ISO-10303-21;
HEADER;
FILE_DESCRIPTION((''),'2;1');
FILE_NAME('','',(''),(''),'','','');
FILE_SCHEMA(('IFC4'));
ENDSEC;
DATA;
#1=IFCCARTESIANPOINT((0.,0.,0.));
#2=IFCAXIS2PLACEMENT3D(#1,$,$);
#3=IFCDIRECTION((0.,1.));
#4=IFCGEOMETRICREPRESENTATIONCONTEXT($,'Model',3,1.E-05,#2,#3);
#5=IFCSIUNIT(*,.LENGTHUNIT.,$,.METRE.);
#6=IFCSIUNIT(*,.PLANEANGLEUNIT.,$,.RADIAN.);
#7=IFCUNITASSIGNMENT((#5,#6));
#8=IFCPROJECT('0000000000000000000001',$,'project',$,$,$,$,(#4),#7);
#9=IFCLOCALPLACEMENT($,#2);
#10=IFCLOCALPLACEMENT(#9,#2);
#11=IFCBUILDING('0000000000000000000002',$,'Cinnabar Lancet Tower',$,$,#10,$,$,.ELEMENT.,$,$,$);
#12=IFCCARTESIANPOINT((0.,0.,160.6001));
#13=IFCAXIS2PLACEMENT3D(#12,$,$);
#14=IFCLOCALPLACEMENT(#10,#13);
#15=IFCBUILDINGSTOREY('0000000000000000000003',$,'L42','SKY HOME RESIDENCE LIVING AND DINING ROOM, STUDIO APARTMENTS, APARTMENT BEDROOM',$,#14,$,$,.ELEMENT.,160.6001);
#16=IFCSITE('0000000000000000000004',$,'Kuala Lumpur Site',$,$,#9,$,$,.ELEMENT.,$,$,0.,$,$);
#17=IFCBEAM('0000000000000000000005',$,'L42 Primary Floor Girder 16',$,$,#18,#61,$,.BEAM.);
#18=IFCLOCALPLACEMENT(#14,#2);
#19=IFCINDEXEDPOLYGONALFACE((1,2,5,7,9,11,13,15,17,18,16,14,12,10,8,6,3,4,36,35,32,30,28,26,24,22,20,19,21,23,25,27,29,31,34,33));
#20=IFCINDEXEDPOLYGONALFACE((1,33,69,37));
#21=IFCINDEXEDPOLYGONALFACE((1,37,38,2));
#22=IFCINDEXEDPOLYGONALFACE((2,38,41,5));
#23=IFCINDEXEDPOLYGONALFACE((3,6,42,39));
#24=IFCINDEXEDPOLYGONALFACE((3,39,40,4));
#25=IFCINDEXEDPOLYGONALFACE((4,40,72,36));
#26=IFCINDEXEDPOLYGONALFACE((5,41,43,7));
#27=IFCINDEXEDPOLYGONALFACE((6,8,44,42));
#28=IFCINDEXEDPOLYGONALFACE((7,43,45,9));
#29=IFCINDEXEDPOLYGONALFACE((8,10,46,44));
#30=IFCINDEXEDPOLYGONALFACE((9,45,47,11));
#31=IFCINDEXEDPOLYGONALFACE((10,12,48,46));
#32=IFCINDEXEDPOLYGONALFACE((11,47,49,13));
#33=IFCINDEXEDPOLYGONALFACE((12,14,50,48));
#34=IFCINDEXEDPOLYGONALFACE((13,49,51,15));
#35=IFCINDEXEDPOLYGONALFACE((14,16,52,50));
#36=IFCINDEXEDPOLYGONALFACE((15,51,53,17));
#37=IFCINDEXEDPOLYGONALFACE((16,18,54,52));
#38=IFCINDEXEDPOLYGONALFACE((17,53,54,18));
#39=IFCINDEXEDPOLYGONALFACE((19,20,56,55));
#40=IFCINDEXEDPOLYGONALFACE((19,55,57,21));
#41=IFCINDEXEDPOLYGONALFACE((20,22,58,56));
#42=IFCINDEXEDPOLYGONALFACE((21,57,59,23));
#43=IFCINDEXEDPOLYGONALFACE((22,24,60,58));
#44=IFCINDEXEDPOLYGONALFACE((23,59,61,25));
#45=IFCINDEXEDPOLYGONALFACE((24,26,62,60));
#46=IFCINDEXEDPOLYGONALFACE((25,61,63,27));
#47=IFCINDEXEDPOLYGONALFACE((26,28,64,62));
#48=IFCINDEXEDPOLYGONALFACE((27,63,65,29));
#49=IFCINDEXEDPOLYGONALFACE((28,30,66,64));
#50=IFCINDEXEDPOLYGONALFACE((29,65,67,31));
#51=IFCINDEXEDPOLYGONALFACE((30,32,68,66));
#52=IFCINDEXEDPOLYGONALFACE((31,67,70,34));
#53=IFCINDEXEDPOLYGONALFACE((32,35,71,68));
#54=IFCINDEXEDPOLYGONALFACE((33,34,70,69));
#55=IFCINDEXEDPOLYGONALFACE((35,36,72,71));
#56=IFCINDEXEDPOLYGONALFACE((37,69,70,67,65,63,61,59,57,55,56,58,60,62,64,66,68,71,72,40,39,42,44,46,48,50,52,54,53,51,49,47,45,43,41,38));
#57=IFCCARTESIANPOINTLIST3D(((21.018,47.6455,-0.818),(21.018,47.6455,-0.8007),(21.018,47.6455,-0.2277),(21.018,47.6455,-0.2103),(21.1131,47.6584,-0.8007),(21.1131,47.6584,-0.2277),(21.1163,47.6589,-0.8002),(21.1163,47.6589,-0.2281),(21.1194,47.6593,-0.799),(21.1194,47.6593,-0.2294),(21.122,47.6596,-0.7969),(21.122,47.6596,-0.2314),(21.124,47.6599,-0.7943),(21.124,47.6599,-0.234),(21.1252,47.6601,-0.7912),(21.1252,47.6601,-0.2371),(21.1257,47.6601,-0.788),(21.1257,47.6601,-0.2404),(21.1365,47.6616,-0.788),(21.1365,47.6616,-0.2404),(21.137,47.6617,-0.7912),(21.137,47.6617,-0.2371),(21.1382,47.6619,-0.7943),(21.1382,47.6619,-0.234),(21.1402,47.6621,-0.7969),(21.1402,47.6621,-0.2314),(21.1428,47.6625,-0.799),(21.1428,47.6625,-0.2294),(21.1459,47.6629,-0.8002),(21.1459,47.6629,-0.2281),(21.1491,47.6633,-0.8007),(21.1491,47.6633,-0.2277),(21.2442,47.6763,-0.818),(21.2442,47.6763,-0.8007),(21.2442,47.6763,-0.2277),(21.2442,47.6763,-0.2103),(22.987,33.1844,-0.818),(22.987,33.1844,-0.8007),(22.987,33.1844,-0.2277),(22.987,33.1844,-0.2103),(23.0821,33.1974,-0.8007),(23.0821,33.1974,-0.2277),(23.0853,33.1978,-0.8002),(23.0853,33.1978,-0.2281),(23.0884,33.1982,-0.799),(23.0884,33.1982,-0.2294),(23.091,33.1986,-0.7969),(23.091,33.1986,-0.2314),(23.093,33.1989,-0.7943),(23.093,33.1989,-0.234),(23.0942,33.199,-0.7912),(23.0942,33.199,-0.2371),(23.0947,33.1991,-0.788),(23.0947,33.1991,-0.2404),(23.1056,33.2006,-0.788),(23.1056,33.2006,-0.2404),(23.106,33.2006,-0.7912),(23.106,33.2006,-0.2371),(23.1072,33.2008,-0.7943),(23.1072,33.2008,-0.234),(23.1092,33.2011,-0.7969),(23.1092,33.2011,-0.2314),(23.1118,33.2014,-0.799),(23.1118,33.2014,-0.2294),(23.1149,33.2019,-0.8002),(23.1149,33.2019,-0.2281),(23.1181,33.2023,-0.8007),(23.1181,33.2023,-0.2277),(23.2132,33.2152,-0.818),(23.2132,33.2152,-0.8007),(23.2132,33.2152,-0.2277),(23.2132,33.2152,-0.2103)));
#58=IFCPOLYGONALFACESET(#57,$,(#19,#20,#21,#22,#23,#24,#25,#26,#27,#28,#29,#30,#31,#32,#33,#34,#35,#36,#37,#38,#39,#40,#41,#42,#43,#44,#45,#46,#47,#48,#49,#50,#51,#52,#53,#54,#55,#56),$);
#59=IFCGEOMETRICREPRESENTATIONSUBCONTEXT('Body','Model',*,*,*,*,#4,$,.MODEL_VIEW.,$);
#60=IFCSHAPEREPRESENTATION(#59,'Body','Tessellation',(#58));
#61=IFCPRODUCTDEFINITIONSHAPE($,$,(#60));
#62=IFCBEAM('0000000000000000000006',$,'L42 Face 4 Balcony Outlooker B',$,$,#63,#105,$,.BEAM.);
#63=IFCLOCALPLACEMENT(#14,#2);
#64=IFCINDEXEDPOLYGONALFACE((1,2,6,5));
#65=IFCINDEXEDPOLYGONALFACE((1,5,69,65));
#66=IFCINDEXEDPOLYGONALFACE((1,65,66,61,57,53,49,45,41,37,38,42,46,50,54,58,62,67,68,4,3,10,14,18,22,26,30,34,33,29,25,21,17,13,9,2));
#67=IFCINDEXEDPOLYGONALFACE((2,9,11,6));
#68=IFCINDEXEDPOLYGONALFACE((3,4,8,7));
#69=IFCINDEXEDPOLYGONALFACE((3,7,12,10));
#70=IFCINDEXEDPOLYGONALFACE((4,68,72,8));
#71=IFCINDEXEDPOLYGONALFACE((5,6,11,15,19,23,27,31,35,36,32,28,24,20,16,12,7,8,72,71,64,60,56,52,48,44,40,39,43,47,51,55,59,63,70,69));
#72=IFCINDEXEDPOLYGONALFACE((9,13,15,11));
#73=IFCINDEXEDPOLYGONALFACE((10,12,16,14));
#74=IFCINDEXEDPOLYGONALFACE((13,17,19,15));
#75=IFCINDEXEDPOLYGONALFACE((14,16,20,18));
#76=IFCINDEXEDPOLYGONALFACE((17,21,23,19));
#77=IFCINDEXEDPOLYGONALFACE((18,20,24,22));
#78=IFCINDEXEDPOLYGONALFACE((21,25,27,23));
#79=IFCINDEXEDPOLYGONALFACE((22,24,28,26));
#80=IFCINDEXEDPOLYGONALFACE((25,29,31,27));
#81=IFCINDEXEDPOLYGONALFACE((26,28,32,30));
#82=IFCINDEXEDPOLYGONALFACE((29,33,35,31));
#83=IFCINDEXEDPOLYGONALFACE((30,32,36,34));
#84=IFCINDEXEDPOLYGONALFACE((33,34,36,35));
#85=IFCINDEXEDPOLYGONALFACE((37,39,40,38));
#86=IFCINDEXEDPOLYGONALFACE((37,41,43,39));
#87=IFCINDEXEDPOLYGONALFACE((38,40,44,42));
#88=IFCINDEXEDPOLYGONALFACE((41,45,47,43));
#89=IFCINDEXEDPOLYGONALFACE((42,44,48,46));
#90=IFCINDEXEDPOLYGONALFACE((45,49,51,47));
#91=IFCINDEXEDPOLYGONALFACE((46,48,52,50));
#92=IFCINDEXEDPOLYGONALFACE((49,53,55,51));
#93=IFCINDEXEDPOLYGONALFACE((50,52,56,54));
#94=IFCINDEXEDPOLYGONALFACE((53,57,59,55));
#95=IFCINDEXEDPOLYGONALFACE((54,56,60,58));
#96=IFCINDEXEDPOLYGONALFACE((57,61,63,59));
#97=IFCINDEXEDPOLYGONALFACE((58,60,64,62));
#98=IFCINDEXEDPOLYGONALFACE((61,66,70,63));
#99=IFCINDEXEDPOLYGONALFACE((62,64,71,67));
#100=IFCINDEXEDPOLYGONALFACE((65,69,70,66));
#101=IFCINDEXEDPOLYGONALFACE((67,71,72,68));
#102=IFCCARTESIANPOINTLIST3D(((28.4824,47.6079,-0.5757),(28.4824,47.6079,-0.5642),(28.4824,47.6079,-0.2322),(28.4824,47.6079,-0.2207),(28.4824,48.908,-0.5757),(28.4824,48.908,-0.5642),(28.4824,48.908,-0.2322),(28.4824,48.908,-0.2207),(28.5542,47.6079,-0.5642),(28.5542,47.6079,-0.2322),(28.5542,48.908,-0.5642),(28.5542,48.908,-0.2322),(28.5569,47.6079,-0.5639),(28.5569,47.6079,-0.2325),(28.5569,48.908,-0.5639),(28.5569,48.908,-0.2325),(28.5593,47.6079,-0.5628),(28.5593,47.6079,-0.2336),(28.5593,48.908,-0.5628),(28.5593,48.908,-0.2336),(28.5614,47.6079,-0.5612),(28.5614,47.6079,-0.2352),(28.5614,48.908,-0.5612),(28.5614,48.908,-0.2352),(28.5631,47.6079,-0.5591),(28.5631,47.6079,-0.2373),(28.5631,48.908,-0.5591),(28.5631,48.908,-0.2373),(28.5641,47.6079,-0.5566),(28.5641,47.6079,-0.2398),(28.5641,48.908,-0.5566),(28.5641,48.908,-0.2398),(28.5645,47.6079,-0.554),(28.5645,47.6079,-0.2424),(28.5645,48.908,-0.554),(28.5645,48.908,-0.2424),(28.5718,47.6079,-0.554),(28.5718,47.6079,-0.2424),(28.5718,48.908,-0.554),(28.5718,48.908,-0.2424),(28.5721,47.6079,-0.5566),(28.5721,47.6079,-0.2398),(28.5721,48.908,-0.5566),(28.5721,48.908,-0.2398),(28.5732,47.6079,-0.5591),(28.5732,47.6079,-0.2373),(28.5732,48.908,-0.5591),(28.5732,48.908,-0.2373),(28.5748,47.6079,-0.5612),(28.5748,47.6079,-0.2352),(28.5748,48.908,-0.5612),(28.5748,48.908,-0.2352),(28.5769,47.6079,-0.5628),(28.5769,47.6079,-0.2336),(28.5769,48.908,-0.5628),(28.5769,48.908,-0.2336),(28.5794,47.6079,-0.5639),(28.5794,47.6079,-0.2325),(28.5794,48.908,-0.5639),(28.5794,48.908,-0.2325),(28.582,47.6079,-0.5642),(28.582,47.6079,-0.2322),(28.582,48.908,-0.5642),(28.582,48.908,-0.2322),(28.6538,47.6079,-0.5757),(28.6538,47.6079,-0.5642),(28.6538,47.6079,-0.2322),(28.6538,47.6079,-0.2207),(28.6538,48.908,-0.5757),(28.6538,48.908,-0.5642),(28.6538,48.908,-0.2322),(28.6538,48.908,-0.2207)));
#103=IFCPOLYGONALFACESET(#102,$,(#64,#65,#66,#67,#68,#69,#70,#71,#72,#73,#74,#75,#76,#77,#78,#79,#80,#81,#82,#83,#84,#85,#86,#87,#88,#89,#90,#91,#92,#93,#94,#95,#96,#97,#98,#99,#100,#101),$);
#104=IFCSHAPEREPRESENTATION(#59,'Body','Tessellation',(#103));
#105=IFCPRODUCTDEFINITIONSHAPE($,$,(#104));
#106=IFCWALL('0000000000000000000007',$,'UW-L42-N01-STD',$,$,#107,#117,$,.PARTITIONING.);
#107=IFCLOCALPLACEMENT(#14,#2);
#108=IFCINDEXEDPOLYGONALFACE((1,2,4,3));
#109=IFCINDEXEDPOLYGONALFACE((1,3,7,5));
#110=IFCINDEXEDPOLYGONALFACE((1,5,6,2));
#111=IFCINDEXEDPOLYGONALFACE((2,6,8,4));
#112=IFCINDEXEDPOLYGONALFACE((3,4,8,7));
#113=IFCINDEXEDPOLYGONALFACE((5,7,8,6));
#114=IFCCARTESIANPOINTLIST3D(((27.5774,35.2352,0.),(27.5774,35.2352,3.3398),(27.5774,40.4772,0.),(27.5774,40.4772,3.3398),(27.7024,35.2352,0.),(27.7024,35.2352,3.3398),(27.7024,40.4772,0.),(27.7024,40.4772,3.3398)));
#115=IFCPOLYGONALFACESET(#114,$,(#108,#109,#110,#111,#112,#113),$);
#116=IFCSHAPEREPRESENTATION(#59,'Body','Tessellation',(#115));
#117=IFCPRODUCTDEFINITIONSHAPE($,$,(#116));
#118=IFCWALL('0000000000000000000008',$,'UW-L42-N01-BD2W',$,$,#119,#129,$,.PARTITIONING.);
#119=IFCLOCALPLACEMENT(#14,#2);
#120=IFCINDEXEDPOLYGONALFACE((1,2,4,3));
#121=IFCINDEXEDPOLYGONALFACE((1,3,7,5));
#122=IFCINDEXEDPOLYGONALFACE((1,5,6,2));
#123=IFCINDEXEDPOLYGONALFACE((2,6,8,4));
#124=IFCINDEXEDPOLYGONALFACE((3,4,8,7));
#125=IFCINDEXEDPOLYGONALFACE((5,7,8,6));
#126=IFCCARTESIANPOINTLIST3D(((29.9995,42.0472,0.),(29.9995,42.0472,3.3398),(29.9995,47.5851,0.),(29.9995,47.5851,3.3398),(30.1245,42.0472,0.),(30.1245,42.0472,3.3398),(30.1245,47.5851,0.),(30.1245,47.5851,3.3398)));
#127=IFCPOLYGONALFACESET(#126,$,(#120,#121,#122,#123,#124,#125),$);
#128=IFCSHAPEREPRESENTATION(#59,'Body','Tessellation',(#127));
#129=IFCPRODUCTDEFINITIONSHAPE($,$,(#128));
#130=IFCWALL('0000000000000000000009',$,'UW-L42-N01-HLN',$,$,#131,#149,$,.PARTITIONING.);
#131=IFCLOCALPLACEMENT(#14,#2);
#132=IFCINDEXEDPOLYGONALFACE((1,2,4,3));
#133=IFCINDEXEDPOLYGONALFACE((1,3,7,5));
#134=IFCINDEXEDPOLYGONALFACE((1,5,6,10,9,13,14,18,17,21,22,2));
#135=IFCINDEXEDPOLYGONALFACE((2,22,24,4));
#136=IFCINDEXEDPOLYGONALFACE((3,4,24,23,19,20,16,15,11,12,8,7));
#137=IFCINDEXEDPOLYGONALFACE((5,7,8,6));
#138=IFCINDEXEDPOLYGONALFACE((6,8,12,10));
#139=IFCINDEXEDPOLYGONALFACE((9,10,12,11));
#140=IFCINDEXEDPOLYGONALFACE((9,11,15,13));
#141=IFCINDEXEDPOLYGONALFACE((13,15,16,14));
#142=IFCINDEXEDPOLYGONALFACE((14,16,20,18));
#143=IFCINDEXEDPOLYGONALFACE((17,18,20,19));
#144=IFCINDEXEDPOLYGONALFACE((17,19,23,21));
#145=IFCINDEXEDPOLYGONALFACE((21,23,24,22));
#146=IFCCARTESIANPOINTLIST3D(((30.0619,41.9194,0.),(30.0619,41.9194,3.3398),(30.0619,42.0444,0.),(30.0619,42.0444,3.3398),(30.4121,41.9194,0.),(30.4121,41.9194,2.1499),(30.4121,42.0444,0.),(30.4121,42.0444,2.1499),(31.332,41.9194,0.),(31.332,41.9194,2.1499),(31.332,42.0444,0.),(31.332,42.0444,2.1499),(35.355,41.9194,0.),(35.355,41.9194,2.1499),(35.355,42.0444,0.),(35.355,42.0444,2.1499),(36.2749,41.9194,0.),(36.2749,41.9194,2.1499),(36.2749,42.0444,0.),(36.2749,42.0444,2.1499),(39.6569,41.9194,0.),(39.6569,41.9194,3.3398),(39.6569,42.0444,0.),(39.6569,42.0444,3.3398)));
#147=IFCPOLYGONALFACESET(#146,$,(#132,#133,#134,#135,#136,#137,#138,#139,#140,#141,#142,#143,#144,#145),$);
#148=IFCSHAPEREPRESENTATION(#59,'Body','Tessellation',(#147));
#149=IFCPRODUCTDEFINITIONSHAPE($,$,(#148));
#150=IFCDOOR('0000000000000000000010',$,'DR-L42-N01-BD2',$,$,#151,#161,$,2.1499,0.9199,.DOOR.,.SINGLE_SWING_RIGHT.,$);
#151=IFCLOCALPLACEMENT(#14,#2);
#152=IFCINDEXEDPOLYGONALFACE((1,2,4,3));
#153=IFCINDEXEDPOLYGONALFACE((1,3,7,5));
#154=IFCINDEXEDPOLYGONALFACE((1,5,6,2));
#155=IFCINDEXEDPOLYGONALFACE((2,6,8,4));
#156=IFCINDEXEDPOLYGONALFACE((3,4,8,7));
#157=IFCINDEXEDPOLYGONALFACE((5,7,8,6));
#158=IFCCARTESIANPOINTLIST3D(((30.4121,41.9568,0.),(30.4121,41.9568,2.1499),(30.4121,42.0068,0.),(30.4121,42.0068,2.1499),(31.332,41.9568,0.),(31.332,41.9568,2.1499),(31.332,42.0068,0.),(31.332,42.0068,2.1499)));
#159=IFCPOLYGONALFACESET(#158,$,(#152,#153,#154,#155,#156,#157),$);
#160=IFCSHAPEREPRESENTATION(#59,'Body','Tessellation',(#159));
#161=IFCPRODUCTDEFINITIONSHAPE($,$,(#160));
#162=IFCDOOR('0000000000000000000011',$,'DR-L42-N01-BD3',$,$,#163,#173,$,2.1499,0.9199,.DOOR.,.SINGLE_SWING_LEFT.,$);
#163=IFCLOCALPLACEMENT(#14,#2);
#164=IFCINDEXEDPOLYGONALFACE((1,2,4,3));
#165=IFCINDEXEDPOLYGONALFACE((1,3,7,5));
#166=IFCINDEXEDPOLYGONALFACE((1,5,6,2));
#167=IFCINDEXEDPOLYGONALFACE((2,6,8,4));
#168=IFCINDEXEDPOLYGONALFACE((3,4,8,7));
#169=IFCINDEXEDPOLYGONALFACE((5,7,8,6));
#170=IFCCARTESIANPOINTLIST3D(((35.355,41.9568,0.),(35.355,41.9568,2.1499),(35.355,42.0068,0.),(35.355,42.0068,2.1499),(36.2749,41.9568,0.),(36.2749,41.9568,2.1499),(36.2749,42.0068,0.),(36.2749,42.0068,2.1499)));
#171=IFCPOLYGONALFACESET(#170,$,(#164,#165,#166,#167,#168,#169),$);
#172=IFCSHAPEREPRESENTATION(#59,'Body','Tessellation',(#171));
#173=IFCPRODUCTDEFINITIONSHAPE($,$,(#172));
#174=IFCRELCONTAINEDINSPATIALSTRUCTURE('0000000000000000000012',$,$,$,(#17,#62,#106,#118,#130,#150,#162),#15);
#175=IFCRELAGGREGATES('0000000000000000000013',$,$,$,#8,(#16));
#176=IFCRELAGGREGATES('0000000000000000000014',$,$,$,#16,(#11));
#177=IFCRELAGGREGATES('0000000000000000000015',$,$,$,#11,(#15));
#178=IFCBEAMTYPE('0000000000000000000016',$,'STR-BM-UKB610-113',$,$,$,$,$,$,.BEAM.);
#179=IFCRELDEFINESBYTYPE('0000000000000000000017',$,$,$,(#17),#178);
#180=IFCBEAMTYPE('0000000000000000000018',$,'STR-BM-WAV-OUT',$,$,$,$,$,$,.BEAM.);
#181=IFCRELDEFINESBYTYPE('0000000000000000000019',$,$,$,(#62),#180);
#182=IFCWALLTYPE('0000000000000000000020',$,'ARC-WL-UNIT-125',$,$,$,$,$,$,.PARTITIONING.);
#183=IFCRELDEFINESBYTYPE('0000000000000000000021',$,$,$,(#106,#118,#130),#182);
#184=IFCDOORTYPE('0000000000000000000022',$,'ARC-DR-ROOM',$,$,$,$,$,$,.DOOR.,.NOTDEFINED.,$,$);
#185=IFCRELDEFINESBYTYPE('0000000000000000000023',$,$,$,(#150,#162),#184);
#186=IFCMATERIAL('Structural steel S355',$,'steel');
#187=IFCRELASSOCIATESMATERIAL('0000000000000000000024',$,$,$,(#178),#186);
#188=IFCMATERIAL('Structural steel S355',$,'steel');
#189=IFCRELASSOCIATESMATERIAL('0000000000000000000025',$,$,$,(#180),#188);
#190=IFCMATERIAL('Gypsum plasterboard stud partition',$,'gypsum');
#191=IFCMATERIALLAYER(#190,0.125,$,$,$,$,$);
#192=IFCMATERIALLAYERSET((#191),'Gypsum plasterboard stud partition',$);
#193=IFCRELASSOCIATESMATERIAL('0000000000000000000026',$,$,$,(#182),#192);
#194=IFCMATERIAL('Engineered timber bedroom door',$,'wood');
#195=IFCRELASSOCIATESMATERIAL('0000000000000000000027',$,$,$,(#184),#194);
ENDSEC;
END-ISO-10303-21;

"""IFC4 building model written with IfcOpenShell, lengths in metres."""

from ifc_helpers import new_model, si_unit, direction, frame, frame_2d, origin, origin_2d, place, context, subcontext, project, spatial, rectangle, i_section, extrude, material, layer, layer_set, material_profile, profile_set, type_object, element, fill, save


model = new_model("IFC4")

# Units and contexts
model_context = context("Model", 3, precision=1e-05, world=origin(), true_north=direction((0.0, 1.0)))
body_context = subcontext(model_context, "Body", "Model", "MODEL_VIEW")
ifc_project = project(units=[si_unit("LENGTHUNIT", "METRE"), si_unit("PLANEANGLEUNIT", "RADIAN")], contexts=[model_context])

# Site, building, storey
site_placement = place(None, origin())
site = spatial("IfcSite", under=ifc_project, at=site_placement, Name="Kuala Lumpur Site", CompositionType="ELEMENT", RefElevation=0.0)
building_placement = place(site_placement, origin())
building = spatial("IfcBuilding", under=site, at=building_placement, Name="Cinnabar Lancet Tower", CompositionType="ELEMENT")
storey_placement = place(building_placement, frame((0.0, 0.0, 160.6001)))
storey = spatial("IfcBuildingStorey", under=building, at=storey_placement, Name="L42", Description="SKY HOME RESIDENCE LIVING AND DINING ROOM, STUDIO APARTMENTS, APARTMENT BEDROOM", CompositionType="ELEMENT", Elevation=160.6001)

# Beams
ifc_material_1 = material(Name="Structural steel S355", Category="steel")
ifc_material_profile_1 = material_profile(ifc_material_1, i_section(OverallWidth=0.2283, OverallDepth=0.6077, WebThickness=0.011, FlangeThickness=0.0173, FilletRadius=0.0127, at=origin_2d()), Name="UKB 610x229x113")
ifc_profile_set_1 = profile_set([ifc_material_profile_1], Name="Structural steel S355")
beam_type_1 = type_object("IfcBeamType", Name="STR-BM-UKB610-113", PredefinedType="BEAM", material=ifc_profile_set_1)
beam_1_placement = place(storey_placement, frame((21.1311, 47.6609, -0.5142), z_axis=(0.134915, -0.990857, 0.0), x_axis=(0.990857, 0.134915, 0.0)))
element("IfcBeam", 1, at=beam_1_placement, inside=storey, type_object=beam_type_1, Name="L42 Primary Floor Girder 16", PredefinedType="BEAM", context=body_context, shape_type="SweptSolid", body=[
    extrude(i_section(OverallWidth=0.2283, OverallDepth=0.6077, WebThickness=0.011, FlangeThickness=0.0173, FilletRadius=0.0127, at=origin_2d()), origin(), (0.0, 0.0, 1.0), 14.5945),
])
ifc_material_2 = material(Name="Structural steel S355", Category="steel")
ifc_material_profile_2 = material_profile(ifc_material_2, i_section(OverallWidth=0.1714, OverallDepth=0.355, WebThickness=0.0073, FlangeThickness=0.0115, FilletRadius=0.0103, at=origin_2d()), Name="UKB 356x171x51")
ifc_profile_set_2 = profile_set([ifc_material_profile_2], Name="Structural steel S355")
beam_type_2 = type_object("IfcBeamType", Name="STR-BM-WAV-OUT", PredefinedType="BEAM", material=ifc_profile_set_2)
beam_2_placement = place(storey_placement, frame((28.5681, 47.6079, -0.3982), z_axis=(0.0, 1.0, 0.0), x_axis=(-1.0, 0.0, 0.0)))
element("IfcBeam", 2, at=beam_2_placement, inside=storey, type_object=beam_type_2, Name="L42 Face 4 Balcony Outlooker B", PredefinedType="BEAM", context=body_context, shape_type="SweptSolid", body=[
    extrude(i_section(OverallWidth=0.1714, OverallDepth=0.355, WebThickness=0.0073, FlangeThickness=0.0115, FilletRadius=0.0103, at=origin_2d()), origin(), (0.0, 0.0, 1.0), 1.3),
])

# Walls
ifc_material_3 = material(Name="Gypsum plasterboard stud partition", Category="gypsum")
ifc_layer_1 = layer(ifc_material_3, 0.125)
ifc_layer_set_1 = layer_set([ifc_layer_1], Name="Gypsum plasterboard stud partition")
wall_type_1 = type_object("IfcWallType", Name="ARC-WL-UNIT-125", PredefinedType="PARTITIONING", material=ifc_layer_set_1)
wall_1_placement = place(storey_placement, frame((27.6399, 35.2351, 0.0), z_axis=(0.0, 0.0, 1.0), x_axis=(0.0, 1.0, 0.0)))
element("IfcWall", 3, at=wall_1_placement, inside=storey, type_object=wall_type_1, Name="UW-L42-N01-STD", PredefinedType="PARTITIONING", context=body_context, shape_type="SweptSolid", body=[
    extrude(rectangle(XDim=5.2419, YDim=0.125, at=frame_2d((2.6211, 0.0))), origin(), (0.0, 0.0, 1.0), 3.3398),
])
wall_2_placement = place(storey_placement, frame((30.062, 42.0471, 0.0), z_axis=(0.0, 0.0, 1.0), x_axis=(0.0, 1.0, 0.0)))
element("IfcWall", 4, at=wall_2_placement, inside=storey, type_object=wall_type_1, Name="UW-L42-N01-BD2W", PredefinedType="PARTITIONING", context=body_context, shape_type="SweptSolid", body=[
    extrude(rectangle(XDim=5.5378, YDim=0.125, at=frame_2d((2.769, 0.0))), origin(), (0.0, 0.0, 1.0), 3.3398),
])

# Wall, openings, doors
wall_3_placement = place(storey_placement, frame((30.062, 41.9819, 0.0), z_axis=(0.0, 0.0, 1.0), x_axis=(1.0, 0.0, 0.0)))
wall_3 = element("IfcWall", 5, at=wall_3_placement, inside=storey, type_object=wall_type_1, Name="UW-L42-N01-HLN", PredefinedType="PARTITIONING", context=body_context, shape_type="SweptSolid", body=[
    extrude(rectangle(XDim=9.595, YDim=0.125, at=frame_2d((4.7974, 0.0))), origin(), (0.0, 0.0, 1.0), 3.3398),
])
opening_1_placement = place(wall_3_placement, frame((0.3501, 0.0, 0.0)))
opening_1 = element("IfcOpeningElement", 6, at=opening_1_placement, cuts=wall_3, PredefinedType="OPENING", context=body_context, shape_type="SweptSolid", body=[
    extrude(rectangle(XDim=0.9199, YDim=2.1499, at=frame_2d((0.46, 1.075))), frame((0.0, 0.0725, 0.0), z_axis=(0.0, -1.0, 0.0), x_axis=(1.0, 0.0, 0.0)), (0.0, 0.0, 1.0), 0.145),
])
opening_2_placement = place(wall_3_placement, frame((5.293, 0.0, 0.0)))
opening_2 = element("IfcOpeningElement", 7, at=opening_2_placement, cuts=wall_3, PredefinedType="OPENING", context=body_context, shape_type="SweptSolid", body=[
    extrude(rectangle(XDim=0.9199, YDim=2.1499, at=frame_2d((0.46, 1.075))), frame((0.0, 0.0725, 0.0), z_axis=(0.0, -1.0, 0.0), x_axis=(1.0, 0.0, 0.0)), (0.0, 0.0, 1.0), 0.145),
])
ifc_material_4 = material(Name="Engineered timber bedroom door", Category="wood")
door_type_1 = type_object("IfcDoorType", Name="ARC-DR-ROOM", OperationType="NOTDEFINED", PredefinedType="DOOR", material=ifc_material_4)
door_1_placement = place(opening_1_placement, origin())
door_1 = element("IfcDoor", 8, at=door_1_placement, inside=storey, type_object=door_type_1, Name="DR-L42-N01-BD2", OperationType="SINGLE_SWING_RIGHT", OverallHeight=2.1499, OverallWidth=0.9199, PredefinedType="DOOR", context=body_context, shape_type="SweptSolid", body=[
    extrude(rectangle(XDim=0.9199, YDim=2.1499, at=frame_2d((0.46, 1.075))), frame((0.0, 0.0249, 0.0), z_axis=(0.0, -1.0, 0.0), x_axis=(1.0, 0.0, 0.0)), (0.0, 0.0, 1.0), 0.05),
])
fill(opening_1, door_1)
door_2_placement = place(opening_2_placement, origin())
door_2 = element("IfcDoor", 9, at=door_2_placement, inside=storey, type_object=door_type_1, Name="DR-L42-N01-BD3", OperationType="SINGLE_SWING_LEFT", OverallHeight=2.1499, OverallWidth=0.9199, PredefinedType="DOOR", context=body_context, shape_type="SweptSolid", body=[
    extrude(rectangle(XDim=0.9199, YDim=2.1499, at=frame_2d((0.46, 1.075))), frame((0.0, 0.0249, 0.0), z_axis=(0.0, -1.0, 0.0), x_axis=(1.0, 0.0, 0.0)), (0.0, 0.0, 1.0), 0.05),
])
fill(opening_2, door_2)

save(model, "model.ifc")
